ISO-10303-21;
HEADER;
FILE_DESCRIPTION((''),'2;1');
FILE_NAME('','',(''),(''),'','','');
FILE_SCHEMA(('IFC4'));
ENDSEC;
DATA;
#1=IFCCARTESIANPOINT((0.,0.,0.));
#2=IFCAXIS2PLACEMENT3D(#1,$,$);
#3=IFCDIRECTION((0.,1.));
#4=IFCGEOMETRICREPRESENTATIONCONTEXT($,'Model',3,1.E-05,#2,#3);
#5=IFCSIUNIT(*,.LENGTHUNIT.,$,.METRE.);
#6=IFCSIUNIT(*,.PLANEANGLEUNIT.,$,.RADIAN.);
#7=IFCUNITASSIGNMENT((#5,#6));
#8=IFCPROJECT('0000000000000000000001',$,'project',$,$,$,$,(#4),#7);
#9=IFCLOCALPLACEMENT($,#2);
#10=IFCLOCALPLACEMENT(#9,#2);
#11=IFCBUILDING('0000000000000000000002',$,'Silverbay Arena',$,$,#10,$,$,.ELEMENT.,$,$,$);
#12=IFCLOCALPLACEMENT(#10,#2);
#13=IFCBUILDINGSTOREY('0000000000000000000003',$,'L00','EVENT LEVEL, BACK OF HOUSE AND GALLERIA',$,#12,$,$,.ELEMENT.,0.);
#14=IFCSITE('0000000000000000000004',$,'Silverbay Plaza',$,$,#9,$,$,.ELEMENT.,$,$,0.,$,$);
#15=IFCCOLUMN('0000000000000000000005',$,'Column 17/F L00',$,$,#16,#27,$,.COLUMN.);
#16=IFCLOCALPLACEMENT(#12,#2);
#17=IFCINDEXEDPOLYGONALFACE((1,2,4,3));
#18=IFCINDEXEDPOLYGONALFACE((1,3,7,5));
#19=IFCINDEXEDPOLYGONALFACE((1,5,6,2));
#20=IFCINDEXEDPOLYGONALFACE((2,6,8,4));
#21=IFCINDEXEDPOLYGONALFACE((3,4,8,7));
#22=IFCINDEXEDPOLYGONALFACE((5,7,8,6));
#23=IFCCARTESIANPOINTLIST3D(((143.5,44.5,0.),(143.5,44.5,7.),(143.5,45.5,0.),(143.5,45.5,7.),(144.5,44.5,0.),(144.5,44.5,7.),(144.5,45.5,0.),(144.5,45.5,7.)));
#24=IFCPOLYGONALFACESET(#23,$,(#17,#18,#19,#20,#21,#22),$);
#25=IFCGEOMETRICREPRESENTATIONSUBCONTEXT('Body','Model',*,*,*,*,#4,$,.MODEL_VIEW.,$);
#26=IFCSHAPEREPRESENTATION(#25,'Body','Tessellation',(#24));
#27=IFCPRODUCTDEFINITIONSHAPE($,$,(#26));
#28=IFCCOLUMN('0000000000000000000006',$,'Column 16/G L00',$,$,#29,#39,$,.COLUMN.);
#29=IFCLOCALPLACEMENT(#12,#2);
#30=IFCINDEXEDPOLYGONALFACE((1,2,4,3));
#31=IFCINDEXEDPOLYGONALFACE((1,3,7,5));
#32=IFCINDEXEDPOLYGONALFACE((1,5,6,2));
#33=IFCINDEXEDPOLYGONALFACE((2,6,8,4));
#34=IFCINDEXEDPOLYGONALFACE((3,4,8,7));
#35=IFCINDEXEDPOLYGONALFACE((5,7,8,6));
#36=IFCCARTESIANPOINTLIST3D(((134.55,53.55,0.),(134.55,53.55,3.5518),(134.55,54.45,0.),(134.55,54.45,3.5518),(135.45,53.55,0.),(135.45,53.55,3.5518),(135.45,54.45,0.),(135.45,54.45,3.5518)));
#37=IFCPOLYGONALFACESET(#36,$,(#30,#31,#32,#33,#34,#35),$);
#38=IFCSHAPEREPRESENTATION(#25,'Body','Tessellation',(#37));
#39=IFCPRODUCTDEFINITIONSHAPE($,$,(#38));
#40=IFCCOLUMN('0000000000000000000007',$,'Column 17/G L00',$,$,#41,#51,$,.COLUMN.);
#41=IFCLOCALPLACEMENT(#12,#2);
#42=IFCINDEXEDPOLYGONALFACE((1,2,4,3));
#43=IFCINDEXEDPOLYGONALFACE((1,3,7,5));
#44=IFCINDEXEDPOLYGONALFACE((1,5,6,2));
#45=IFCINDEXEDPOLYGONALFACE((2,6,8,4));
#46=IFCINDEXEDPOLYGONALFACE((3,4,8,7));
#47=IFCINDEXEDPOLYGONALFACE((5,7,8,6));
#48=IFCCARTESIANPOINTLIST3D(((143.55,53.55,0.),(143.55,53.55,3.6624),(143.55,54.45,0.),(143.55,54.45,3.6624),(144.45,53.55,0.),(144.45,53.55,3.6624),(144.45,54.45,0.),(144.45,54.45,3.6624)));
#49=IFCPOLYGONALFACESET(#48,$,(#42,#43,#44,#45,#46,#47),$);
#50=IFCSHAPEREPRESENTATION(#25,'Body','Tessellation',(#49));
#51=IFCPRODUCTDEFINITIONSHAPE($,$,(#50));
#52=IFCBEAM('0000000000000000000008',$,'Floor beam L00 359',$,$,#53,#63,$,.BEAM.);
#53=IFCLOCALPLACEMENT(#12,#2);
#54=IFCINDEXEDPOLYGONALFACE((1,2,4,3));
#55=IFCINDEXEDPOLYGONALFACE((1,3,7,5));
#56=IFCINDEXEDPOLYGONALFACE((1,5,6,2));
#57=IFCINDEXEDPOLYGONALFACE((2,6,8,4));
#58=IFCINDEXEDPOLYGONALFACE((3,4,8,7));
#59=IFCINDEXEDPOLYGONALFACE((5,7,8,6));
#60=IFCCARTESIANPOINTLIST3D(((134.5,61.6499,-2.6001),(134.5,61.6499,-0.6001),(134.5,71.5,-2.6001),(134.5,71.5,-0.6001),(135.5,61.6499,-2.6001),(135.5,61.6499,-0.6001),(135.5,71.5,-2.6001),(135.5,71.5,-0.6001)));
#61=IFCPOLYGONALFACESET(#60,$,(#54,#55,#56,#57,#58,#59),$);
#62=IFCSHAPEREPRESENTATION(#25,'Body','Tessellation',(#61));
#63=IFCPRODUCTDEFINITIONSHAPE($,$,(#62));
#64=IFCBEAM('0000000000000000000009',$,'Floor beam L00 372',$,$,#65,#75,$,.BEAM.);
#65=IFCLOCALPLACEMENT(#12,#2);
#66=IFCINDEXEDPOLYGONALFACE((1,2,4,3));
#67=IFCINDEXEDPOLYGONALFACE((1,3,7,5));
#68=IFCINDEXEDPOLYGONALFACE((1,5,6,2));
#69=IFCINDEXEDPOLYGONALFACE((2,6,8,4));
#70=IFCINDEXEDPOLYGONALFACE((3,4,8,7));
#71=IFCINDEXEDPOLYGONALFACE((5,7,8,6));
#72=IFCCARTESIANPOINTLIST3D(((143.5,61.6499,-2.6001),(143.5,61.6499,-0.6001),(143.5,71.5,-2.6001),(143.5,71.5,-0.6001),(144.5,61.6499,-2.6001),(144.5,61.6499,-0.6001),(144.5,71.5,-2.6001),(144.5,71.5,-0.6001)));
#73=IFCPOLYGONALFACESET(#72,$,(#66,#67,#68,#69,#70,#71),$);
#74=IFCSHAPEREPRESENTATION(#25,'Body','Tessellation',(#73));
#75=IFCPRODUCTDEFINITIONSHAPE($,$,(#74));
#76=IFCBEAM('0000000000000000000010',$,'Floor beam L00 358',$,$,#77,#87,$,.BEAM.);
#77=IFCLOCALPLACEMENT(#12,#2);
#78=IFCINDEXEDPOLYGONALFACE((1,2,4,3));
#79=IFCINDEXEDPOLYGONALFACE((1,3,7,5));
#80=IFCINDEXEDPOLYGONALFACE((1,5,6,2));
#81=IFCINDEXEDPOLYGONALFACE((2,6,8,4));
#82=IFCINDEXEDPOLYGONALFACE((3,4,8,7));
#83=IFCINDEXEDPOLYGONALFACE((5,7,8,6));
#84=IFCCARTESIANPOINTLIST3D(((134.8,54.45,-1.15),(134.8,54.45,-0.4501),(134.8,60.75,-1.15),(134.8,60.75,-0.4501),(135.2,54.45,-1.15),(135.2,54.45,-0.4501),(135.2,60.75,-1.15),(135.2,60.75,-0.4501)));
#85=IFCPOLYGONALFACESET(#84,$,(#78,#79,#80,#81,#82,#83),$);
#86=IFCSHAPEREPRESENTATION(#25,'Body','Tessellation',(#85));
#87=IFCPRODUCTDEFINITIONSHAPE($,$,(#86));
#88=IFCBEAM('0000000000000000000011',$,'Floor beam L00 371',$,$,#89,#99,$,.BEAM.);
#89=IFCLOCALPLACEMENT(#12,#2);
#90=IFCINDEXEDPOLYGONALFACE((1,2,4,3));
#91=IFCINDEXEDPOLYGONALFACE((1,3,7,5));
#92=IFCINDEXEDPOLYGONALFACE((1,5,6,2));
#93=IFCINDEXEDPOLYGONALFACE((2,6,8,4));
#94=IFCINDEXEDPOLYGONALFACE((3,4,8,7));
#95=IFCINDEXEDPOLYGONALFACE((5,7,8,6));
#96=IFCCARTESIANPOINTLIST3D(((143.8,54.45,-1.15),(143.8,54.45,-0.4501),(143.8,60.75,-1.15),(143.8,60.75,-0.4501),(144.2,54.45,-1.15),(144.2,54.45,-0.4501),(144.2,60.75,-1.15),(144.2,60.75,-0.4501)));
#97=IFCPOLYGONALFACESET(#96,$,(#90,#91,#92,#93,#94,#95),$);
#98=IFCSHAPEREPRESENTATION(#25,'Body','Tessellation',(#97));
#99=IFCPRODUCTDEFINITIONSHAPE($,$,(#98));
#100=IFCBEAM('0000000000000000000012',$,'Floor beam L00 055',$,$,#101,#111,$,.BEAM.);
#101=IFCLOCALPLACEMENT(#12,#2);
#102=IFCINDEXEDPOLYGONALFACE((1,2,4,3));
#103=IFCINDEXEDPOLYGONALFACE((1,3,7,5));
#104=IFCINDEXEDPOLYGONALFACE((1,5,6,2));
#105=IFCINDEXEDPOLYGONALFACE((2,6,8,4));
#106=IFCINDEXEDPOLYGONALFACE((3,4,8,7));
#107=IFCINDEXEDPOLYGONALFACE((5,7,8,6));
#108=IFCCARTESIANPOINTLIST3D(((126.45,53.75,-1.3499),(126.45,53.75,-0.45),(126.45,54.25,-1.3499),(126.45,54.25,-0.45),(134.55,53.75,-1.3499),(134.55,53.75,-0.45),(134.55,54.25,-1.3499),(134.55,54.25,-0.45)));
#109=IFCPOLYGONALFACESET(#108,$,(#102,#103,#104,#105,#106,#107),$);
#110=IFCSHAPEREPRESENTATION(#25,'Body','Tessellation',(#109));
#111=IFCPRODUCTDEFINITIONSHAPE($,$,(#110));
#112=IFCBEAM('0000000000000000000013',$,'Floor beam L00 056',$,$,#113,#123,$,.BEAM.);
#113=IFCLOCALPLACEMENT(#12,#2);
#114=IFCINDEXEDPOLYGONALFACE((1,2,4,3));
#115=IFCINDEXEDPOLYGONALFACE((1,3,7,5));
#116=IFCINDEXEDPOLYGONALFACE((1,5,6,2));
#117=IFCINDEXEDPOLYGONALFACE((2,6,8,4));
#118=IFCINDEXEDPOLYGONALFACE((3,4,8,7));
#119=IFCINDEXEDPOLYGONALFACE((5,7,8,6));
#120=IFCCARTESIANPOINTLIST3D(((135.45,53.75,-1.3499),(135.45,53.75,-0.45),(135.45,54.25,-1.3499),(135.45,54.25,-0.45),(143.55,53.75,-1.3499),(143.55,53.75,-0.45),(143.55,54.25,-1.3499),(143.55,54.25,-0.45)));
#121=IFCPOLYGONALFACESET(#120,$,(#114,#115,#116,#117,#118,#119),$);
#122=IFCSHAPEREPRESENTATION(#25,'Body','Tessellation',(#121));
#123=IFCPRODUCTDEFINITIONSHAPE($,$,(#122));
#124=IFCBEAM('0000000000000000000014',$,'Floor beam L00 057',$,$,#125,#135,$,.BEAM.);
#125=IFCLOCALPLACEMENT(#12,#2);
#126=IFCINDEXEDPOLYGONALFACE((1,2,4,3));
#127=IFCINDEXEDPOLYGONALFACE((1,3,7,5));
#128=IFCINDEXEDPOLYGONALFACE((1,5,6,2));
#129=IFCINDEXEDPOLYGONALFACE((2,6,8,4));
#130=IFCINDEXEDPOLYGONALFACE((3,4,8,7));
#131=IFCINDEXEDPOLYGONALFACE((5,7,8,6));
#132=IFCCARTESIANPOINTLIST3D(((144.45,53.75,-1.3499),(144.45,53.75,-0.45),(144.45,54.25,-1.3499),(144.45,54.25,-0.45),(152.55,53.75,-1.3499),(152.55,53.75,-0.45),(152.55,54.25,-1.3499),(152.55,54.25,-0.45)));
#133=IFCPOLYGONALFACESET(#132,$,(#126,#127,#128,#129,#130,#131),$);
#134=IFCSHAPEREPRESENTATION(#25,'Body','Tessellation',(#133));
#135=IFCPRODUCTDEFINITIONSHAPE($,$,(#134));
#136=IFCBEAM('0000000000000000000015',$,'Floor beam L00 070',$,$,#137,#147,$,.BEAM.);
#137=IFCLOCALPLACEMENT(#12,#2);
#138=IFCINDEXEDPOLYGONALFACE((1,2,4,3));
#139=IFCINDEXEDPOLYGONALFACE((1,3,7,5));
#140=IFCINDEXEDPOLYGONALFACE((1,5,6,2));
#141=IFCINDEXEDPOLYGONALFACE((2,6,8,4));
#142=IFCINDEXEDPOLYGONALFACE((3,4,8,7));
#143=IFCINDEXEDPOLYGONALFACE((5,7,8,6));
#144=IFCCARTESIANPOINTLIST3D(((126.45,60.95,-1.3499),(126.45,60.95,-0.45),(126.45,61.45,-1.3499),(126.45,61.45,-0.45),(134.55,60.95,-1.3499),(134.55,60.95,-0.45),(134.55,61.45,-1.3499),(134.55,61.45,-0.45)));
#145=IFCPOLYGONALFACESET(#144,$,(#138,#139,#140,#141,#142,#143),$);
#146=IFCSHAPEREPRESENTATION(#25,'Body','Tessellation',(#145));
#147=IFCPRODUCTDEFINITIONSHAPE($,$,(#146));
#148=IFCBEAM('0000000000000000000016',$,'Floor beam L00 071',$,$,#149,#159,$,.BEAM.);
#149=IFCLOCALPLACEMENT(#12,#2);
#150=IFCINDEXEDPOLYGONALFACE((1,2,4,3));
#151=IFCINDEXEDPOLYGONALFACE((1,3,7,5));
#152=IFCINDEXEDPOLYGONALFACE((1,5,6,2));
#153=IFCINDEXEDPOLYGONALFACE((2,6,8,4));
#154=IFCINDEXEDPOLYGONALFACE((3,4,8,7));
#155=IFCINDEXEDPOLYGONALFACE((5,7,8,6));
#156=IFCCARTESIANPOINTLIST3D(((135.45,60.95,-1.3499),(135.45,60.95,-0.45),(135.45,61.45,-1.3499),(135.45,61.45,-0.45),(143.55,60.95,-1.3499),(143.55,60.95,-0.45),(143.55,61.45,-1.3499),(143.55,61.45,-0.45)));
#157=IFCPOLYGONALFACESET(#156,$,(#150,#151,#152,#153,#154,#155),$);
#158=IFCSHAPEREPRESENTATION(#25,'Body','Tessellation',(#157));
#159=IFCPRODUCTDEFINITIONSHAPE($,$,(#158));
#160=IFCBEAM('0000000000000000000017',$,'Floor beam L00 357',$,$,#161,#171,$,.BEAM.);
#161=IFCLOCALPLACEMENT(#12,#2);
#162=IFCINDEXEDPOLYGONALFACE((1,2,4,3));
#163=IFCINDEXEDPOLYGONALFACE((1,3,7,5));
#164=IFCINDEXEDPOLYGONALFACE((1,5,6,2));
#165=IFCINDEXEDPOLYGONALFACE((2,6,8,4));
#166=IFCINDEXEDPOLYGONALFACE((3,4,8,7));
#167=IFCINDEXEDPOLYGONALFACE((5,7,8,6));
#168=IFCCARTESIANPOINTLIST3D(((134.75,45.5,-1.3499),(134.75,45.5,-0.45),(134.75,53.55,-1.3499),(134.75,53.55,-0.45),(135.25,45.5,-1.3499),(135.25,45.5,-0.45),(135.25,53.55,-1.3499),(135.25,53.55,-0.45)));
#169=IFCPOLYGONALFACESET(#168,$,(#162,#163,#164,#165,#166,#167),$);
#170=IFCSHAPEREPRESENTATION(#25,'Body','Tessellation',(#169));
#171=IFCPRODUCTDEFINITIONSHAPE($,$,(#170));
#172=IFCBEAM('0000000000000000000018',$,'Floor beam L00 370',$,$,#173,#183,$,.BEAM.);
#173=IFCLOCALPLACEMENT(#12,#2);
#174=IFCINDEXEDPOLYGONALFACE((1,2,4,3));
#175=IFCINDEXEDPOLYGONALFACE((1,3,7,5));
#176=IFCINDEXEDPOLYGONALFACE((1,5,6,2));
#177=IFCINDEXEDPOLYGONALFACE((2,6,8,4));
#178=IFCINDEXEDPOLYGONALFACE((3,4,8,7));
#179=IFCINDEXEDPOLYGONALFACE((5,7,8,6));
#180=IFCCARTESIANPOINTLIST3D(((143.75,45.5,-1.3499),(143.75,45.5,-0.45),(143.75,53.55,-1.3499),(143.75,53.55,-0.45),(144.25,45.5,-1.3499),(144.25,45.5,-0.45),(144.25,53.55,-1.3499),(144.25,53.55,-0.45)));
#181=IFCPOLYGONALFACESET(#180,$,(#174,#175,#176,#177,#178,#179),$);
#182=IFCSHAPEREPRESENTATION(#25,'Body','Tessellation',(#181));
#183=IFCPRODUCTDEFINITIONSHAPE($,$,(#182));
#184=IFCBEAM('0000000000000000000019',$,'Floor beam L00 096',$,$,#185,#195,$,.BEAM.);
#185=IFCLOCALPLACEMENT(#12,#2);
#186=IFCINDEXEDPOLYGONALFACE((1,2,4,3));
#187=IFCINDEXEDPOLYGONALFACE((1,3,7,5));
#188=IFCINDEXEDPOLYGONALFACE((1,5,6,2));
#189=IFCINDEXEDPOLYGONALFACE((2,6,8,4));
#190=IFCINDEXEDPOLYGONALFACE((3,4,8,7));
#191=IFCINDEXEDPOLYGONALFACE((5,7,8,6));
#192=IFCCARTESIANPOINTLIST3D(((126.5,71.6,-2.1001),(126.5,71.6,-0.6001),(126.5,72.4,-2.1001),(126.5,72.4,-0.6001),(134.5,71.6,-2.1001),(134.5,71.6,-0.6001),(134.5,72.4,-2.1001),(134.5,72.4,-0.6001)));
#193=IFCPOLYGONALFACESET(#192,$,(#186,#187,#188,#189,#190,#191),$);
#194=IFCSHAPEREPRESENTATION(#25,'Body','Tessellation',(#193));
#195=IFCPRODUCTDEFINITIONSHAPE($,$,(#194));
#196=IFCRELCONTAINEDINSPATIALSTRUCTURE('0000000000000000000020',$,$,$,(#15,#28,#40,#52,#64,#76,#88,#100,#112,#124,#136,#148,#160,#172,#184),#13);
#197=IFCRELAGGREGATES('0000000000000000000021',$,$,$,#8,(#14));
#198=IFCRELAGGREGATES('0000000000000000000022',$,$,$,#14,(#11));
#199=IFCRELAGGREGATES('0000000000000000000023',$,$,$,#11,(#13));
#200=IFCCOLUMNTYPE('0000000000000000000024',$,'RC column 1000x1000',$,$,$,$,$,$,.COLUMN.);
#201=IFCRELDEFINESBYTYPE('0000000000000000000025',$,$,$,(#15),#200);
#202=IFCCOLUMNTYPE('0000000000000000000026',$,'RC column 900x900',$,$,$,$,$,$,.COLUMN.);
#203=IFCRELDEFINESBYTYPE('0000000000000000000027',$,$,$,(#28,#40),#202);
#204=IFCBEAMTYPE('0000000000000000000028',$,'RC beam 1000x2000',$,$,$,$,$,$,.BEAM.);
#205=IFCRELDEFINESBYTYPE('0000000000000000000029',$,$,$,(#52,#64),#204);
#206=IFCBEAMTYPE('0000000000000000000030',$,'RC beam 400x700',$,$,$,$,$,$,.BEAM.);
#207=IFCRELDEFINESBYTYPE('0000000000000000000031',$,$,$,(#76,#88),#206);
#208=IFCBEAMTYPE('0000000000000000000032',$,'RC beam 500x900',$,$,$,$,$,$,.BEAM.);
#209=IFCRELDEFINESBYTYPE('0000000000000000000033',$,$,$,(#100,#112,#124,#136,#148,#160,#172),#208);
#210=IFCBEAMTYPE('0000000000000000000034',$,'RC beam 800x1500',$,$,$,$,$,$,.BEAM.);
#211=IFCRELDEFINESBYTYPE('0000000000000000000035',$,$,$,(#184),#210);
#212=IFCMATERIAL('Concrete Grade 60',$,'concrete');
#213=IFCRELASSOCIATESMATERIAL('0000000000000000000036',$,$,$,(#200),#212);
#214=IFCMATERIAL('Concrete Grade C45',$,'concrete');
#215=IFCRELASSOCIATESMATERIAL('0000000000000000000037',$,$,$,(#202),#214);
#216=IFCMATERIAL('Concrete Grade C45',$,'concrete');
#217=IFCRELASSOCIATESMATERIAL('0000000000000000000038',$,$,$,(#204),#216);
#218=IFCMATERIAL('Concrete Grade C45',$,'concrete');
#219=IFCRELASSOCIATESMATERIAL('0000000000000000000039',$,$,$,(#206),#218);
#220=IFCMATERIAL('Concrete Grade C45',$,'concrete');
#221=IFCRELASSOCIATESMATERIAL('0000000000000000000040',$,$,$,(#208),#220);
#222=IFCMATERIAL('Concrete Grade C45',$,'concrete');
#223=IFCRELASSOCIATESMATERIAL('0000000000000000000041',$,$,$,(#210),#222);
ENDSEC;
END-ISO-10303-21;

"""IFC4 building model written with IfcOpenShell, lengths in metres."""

from ifc_helpers import new_model, si_unit, direction, frame, origin, origin_2d, place, context, subcontext, project, spatial, rectangle, extrude, material, material_profile, profile_set, type_object, element, save


model = new_model("IFC4")

# Units and contexts
model_context = context("Model", 3, precision=1e-05, world=origin(), true_north=direction((0.0, 1.0)))
body_context = subcontext(model_context, "Body", "Model", "MODEL_VIEW")
ifc_project = project(units=[si_unit("LENGTHUNIT", "METRE"), si_unit("PLANEANGLEUNIT", "RADIAN")], contexts=[model_context])

# Site, building, storey
site_placement = place(None, origin())
site = spatial("IfcSite", under=ifc_project, at=site_placement, Name="Silverbay Plaza", CompositionType="ELEMENT", RefElevation=0.0)
building_placement = place(site_placement, origin())
building = spatial("IfcBuilding", under=site, at=building_placement, Name="Silverbay Arena", CompositionType="ELEMENT")
storey_placement = place(building_placement, origin())
storey = spatial("IfcBuildingStorey", under=building, at=storey_placement, Name="L00", Description="EVENT LEVEL, BACK OF HOUSE AND GALLERIA", CompositionType="ELEMENT", Elevation=0.0)

# Columns
ifc_material_1 = material(Name="Concrete Grade 60", Category="concrete")
ifc_material_profile_1 = material_profile(ifc_material_1, rectangle(XDim=1.0, YDim=1.0, at=origin_2d()), Name="RC 1000x1000")
ifc_profile_set_1 = profile_set([ifc_material_profile_1], Name="Concrete Grade 60")
column_type_1 = type_object("IfcColumnType", Name="RC column 1000x1000", PredefinedType="COLUMN", material=ifc_profile_set_1)
column_1_placement = place(storey_placement, frame((144.0, 45.0, 0.0), z_axis=(0.0, 0.0, 1.0), x_axis=(1.0, 0.0, 0.0)))
element("IfcColumn", 1, at=column_1_placement, inside=storey, type_object=column_type_1, Name="Column 17/F L00", PredefinedType="COLUMN", context=body_context, shape_type="SweptSolid", body=[
    extrude(rectangle(XDim=1.0, YDim=1.0, at=origin_2d()), origin(), (0.0, 0.0, 1.0), 7.0),
])
ifc_material_2 = material(Name="Concrete Grade C45", Category="concrete")
ifc_material_profile_2 = material_profile(ifc_material_2, rectangle(XDim=0.8999, YDim=0.8999, at=origin_2d()), Name="RC 900x900")
ifc_profile_set_2 = profile_set([ifc_material_profile_2], Name="Concrete Grade C45")
column_type_2 = type_object("IfcColumnType", Name="RC column 900x900", PredefinedType="COLUMN", material=ifc_profile_set_2)
column_2_placement = place(storey_placement, frame((135.0, 54.0, 0.0), z_axis=(0.0, 0.0, 1.0), x_axis=(1.0, 0.0, 0.0)))
element("IfcColumn", 2, at=column_2_placement, inside=storey, type_object=column_type_2, Name="Column 16/G L00", PredefinedType="COLUMN", context=body_context, shape_type="SweptSolid", body=[
    extrude(rectangle(XDim=0.8999, YDim=0.8999, at=origin_2d()), origin(), (0.0, 0.0, 1.0), 3.5518),
])
column_3_placement = place(storey_placement, frame((144.0, 54.0, 0.0), z_axis=(0.0, 0.0, 1.0), x_axis=(1.0, 0.0, 0.0)))
element("IfcColumn", 3, at=column_3_placement, inside=storey, type_object=column_type_2, Name="Column 17/G L00", PredefinedType="COLUMN", context=body_context, shape_type="SweptSolid", body=[
    extrude(rectangle(XDim=0.8999, YDim=0.8999, at=origin_2d()), origin(), (0.0, 0.0, 1.0), 3.6624),
])

# Beams
ifc_material_3 = material(Name="Concrete Grade C45", Category="concrete")
ifc_material_profile_3 = material_profile(ifc_material_3, rectangle(XDim=1.0, YDim=2.0, at=origin_2d()), Name="RC 1000x2000")
ifc_profile_set_3 = profile_set([ifc_material_profile_3], Name="Concrete Grade C45")
beam_type_1 = type_object("IfcBeamType", Name="RC beam 1000x2000", PredefinedType="BEAM", material=ifc_profile_set_3)
for number, where, z_axis, x_axis, name in (
    (4, (135.0, 61.6499, -1.6001), (0.0, 1.0, 0.0), (-1.0, 0.0, 0.0), "Floor beam L00 359"),
    (5, (144.0, 61.6499, -1.6001), (0.0, 1.0, 0.0), (-1.0, 0.0, 0.0), "Floor beam L00 372"),
):
    element("IfcBeam", number, at=place(storey_placement, frame(where, z_axis=z_axis, x_axis=x_axis)), inside=storey, type_object=beam_type_1, Name=name, PredefinedType="BEAM", context=body_context, shape_type="SweptSolid", body=[
        extrude(rectangle(XDim=1.0, YDim=2.0, at=origin_2d()), origin(), (0.0, 0.0, 1.0), 9.8501),
    ])
ifc_material_4 = material(Name="Concrete Grade C45", Category="concrete")
ifc_material_profile_4 = material_profile(ifc_material_4, rectangle(XDim=0.3999, YDim=0.7, at=origin_2d()), Name="RC 400x700")
ifc_profile_set_4 = profile_set([ifc_material_profile_4], Name="Concrete Grade C45")
beam_type_2 = type_object("IfcBeamType", Name="RC beam 400x700", PredefinedType="BEAM", material=ifc_profile_set_4)
for number, where, z_axis, x_axis, name in (
    (6, (135.0, 54.45, -0.8), (0.0, 1.0, 0.0), (-1.0, 0.0, 0.0), "Floor beam L00 358"),
    (7, (144.0, 54.45, -0.8), (0.0, 1.0, 0.0), (-1.0, 0.0, 0.0), "Floor beam L00 371"),
):
    element("IfcBeam", number, at=place(storey_placement, frame(where, z_axis=z_axis, x_axis=x_axis)), inside=storey, type_object=beam_type_2, Name=name, PredefinedType="BEAM", context=body_context, shape_type="SweptSolid", body=[
        extrude(rectangle(XDim=0.3999, YDim=0.7, at=origin_2d()), origin(), (0.0, 0.0, 1.0), 6.3),
    ])
ifc_material_5 = material(Name="Concrete Grade C45", Category="concrete")
ifc_material_profile_5 = material_profile(ifc_material_5, rectangle(XDim=0.5, YDim=0.8999, at=origin_2d()), Name="RC 500x900")
ifc_profile_set_5 = profile_set([ifc_material_profile_5], Name="Concrete Grade C45")
beam_type_3 = type_object("IfcBeamType", Name="RC beam 500x900", PredefinedType="BEAM", material=ifc_profile_set_5)
for number, where, z_axis, x_axis, name in (
    (8, (126.45, 54.0, -0.8999), (1.0, 0.0, 0.0), (0.0, 1.0, 0.0), "Floor beam L00 055"),
    (9, (135.45, 54.0, -0.8999), (1.0, 0.0, 0.0), (0.0, 1.0, 0.0), "Floor beam L00 056"),
    (10, (144.45, 54.0, -0.8999), (1.0, 0.0, 0.0), (0.0, 1.0, 0.0), "Floor beam L00 057"),
    (11, (126.45, 61.2, -0.8999), (1.0, 0.0, 0.0), (0.0, 1.0, 0.0), "Floor beam L00 070"),
    (12, (135.45, 61.2, -0.8999), (1.0, 0.0, 0.0), (0.0, 1.0, 0.0), "Floor beam L00 071"),
):
    element("IfcBeam", number, at=place(storey_placement, frame(where, z_axis=z_axis, x_axis=x_axis)), inside=storey, type_object=beam_type_3, Name=name, PredefinedType="BEAM", context=body_context, shape_type="SweptSolid", body=[
        extrude(rectangle(XDim=0.5, YDim=0.8999, at=origin_2d()), origin(), (0.0, 0.0, 1.0), 8.1001),
    ])
for number, where, z_axis, x_axis, name in (
    (13, (135.0, 45.5, -0.8999), (0.0, 1.0, 0.0), (-1.0, 0.0, 0.0), "Floor beam L00 357"),
    (14, (144.0, 45.5, -0.8999), (0.0, 1.0, 0.0), (-1.0, 0.0, 0.0), "Floor beam L00 370"),
):
    element("IfcBeam", number, at=place(storey_placement, frame(where, z_axis=z_axis, x_axis=x_axis)), inside=storey, type_object=beam_type_3, Name=name, PredefinedType="BEAM", context=body_context, shape_type="SweptSolid", body=[
        extrude(rectangle(XDim=0.5, YDim=0.8999, at=origin_2d()), origin(), (0.0, 0.0, 1.0), 8.05),
    ])
ifc_material_6 = material(Name="Concrete Grade C45", Category="concrete")
ifc_material_profile_6 = material_profile(ifc_material_6, rectangle(XDim=0.8, YDim=1.5, at=origin_2d()), Name="RC 800x1500")
ifc_profile_set_6 = profile_set([ifc_material_profile_6], Name="Concrete Grade C45")
beam_type_4 = type_object("IfcBeamType", Name="RC beam 800x1500", PredefinedType="BEAM", material=ifc_profile_set_6)
for number, where, z_axis, x_axis, name in (
    (15, (126.5, 72.0, -1.3501), (1.0, 0.0, 0.0), (0.0, 1.0, 0.0), "Floor beam L00 096"),
):
    element("IfcBeam", number, at=place(storey_placement, frame(where, z_axis=z_axis, x_axis=x_axis)), inside=storey, type_object=beam_type_4, Name=name, PredefinedType="BEAM", context=body_context, shape_type="SweptSolid", body=[
        extrude(rectangle(XDim=0.8, YDim=1.5, at=origin_2d()), origin(), (0.0, 0.0, 1.0), 8.0),
    ])

save(model, "model.ifc")
